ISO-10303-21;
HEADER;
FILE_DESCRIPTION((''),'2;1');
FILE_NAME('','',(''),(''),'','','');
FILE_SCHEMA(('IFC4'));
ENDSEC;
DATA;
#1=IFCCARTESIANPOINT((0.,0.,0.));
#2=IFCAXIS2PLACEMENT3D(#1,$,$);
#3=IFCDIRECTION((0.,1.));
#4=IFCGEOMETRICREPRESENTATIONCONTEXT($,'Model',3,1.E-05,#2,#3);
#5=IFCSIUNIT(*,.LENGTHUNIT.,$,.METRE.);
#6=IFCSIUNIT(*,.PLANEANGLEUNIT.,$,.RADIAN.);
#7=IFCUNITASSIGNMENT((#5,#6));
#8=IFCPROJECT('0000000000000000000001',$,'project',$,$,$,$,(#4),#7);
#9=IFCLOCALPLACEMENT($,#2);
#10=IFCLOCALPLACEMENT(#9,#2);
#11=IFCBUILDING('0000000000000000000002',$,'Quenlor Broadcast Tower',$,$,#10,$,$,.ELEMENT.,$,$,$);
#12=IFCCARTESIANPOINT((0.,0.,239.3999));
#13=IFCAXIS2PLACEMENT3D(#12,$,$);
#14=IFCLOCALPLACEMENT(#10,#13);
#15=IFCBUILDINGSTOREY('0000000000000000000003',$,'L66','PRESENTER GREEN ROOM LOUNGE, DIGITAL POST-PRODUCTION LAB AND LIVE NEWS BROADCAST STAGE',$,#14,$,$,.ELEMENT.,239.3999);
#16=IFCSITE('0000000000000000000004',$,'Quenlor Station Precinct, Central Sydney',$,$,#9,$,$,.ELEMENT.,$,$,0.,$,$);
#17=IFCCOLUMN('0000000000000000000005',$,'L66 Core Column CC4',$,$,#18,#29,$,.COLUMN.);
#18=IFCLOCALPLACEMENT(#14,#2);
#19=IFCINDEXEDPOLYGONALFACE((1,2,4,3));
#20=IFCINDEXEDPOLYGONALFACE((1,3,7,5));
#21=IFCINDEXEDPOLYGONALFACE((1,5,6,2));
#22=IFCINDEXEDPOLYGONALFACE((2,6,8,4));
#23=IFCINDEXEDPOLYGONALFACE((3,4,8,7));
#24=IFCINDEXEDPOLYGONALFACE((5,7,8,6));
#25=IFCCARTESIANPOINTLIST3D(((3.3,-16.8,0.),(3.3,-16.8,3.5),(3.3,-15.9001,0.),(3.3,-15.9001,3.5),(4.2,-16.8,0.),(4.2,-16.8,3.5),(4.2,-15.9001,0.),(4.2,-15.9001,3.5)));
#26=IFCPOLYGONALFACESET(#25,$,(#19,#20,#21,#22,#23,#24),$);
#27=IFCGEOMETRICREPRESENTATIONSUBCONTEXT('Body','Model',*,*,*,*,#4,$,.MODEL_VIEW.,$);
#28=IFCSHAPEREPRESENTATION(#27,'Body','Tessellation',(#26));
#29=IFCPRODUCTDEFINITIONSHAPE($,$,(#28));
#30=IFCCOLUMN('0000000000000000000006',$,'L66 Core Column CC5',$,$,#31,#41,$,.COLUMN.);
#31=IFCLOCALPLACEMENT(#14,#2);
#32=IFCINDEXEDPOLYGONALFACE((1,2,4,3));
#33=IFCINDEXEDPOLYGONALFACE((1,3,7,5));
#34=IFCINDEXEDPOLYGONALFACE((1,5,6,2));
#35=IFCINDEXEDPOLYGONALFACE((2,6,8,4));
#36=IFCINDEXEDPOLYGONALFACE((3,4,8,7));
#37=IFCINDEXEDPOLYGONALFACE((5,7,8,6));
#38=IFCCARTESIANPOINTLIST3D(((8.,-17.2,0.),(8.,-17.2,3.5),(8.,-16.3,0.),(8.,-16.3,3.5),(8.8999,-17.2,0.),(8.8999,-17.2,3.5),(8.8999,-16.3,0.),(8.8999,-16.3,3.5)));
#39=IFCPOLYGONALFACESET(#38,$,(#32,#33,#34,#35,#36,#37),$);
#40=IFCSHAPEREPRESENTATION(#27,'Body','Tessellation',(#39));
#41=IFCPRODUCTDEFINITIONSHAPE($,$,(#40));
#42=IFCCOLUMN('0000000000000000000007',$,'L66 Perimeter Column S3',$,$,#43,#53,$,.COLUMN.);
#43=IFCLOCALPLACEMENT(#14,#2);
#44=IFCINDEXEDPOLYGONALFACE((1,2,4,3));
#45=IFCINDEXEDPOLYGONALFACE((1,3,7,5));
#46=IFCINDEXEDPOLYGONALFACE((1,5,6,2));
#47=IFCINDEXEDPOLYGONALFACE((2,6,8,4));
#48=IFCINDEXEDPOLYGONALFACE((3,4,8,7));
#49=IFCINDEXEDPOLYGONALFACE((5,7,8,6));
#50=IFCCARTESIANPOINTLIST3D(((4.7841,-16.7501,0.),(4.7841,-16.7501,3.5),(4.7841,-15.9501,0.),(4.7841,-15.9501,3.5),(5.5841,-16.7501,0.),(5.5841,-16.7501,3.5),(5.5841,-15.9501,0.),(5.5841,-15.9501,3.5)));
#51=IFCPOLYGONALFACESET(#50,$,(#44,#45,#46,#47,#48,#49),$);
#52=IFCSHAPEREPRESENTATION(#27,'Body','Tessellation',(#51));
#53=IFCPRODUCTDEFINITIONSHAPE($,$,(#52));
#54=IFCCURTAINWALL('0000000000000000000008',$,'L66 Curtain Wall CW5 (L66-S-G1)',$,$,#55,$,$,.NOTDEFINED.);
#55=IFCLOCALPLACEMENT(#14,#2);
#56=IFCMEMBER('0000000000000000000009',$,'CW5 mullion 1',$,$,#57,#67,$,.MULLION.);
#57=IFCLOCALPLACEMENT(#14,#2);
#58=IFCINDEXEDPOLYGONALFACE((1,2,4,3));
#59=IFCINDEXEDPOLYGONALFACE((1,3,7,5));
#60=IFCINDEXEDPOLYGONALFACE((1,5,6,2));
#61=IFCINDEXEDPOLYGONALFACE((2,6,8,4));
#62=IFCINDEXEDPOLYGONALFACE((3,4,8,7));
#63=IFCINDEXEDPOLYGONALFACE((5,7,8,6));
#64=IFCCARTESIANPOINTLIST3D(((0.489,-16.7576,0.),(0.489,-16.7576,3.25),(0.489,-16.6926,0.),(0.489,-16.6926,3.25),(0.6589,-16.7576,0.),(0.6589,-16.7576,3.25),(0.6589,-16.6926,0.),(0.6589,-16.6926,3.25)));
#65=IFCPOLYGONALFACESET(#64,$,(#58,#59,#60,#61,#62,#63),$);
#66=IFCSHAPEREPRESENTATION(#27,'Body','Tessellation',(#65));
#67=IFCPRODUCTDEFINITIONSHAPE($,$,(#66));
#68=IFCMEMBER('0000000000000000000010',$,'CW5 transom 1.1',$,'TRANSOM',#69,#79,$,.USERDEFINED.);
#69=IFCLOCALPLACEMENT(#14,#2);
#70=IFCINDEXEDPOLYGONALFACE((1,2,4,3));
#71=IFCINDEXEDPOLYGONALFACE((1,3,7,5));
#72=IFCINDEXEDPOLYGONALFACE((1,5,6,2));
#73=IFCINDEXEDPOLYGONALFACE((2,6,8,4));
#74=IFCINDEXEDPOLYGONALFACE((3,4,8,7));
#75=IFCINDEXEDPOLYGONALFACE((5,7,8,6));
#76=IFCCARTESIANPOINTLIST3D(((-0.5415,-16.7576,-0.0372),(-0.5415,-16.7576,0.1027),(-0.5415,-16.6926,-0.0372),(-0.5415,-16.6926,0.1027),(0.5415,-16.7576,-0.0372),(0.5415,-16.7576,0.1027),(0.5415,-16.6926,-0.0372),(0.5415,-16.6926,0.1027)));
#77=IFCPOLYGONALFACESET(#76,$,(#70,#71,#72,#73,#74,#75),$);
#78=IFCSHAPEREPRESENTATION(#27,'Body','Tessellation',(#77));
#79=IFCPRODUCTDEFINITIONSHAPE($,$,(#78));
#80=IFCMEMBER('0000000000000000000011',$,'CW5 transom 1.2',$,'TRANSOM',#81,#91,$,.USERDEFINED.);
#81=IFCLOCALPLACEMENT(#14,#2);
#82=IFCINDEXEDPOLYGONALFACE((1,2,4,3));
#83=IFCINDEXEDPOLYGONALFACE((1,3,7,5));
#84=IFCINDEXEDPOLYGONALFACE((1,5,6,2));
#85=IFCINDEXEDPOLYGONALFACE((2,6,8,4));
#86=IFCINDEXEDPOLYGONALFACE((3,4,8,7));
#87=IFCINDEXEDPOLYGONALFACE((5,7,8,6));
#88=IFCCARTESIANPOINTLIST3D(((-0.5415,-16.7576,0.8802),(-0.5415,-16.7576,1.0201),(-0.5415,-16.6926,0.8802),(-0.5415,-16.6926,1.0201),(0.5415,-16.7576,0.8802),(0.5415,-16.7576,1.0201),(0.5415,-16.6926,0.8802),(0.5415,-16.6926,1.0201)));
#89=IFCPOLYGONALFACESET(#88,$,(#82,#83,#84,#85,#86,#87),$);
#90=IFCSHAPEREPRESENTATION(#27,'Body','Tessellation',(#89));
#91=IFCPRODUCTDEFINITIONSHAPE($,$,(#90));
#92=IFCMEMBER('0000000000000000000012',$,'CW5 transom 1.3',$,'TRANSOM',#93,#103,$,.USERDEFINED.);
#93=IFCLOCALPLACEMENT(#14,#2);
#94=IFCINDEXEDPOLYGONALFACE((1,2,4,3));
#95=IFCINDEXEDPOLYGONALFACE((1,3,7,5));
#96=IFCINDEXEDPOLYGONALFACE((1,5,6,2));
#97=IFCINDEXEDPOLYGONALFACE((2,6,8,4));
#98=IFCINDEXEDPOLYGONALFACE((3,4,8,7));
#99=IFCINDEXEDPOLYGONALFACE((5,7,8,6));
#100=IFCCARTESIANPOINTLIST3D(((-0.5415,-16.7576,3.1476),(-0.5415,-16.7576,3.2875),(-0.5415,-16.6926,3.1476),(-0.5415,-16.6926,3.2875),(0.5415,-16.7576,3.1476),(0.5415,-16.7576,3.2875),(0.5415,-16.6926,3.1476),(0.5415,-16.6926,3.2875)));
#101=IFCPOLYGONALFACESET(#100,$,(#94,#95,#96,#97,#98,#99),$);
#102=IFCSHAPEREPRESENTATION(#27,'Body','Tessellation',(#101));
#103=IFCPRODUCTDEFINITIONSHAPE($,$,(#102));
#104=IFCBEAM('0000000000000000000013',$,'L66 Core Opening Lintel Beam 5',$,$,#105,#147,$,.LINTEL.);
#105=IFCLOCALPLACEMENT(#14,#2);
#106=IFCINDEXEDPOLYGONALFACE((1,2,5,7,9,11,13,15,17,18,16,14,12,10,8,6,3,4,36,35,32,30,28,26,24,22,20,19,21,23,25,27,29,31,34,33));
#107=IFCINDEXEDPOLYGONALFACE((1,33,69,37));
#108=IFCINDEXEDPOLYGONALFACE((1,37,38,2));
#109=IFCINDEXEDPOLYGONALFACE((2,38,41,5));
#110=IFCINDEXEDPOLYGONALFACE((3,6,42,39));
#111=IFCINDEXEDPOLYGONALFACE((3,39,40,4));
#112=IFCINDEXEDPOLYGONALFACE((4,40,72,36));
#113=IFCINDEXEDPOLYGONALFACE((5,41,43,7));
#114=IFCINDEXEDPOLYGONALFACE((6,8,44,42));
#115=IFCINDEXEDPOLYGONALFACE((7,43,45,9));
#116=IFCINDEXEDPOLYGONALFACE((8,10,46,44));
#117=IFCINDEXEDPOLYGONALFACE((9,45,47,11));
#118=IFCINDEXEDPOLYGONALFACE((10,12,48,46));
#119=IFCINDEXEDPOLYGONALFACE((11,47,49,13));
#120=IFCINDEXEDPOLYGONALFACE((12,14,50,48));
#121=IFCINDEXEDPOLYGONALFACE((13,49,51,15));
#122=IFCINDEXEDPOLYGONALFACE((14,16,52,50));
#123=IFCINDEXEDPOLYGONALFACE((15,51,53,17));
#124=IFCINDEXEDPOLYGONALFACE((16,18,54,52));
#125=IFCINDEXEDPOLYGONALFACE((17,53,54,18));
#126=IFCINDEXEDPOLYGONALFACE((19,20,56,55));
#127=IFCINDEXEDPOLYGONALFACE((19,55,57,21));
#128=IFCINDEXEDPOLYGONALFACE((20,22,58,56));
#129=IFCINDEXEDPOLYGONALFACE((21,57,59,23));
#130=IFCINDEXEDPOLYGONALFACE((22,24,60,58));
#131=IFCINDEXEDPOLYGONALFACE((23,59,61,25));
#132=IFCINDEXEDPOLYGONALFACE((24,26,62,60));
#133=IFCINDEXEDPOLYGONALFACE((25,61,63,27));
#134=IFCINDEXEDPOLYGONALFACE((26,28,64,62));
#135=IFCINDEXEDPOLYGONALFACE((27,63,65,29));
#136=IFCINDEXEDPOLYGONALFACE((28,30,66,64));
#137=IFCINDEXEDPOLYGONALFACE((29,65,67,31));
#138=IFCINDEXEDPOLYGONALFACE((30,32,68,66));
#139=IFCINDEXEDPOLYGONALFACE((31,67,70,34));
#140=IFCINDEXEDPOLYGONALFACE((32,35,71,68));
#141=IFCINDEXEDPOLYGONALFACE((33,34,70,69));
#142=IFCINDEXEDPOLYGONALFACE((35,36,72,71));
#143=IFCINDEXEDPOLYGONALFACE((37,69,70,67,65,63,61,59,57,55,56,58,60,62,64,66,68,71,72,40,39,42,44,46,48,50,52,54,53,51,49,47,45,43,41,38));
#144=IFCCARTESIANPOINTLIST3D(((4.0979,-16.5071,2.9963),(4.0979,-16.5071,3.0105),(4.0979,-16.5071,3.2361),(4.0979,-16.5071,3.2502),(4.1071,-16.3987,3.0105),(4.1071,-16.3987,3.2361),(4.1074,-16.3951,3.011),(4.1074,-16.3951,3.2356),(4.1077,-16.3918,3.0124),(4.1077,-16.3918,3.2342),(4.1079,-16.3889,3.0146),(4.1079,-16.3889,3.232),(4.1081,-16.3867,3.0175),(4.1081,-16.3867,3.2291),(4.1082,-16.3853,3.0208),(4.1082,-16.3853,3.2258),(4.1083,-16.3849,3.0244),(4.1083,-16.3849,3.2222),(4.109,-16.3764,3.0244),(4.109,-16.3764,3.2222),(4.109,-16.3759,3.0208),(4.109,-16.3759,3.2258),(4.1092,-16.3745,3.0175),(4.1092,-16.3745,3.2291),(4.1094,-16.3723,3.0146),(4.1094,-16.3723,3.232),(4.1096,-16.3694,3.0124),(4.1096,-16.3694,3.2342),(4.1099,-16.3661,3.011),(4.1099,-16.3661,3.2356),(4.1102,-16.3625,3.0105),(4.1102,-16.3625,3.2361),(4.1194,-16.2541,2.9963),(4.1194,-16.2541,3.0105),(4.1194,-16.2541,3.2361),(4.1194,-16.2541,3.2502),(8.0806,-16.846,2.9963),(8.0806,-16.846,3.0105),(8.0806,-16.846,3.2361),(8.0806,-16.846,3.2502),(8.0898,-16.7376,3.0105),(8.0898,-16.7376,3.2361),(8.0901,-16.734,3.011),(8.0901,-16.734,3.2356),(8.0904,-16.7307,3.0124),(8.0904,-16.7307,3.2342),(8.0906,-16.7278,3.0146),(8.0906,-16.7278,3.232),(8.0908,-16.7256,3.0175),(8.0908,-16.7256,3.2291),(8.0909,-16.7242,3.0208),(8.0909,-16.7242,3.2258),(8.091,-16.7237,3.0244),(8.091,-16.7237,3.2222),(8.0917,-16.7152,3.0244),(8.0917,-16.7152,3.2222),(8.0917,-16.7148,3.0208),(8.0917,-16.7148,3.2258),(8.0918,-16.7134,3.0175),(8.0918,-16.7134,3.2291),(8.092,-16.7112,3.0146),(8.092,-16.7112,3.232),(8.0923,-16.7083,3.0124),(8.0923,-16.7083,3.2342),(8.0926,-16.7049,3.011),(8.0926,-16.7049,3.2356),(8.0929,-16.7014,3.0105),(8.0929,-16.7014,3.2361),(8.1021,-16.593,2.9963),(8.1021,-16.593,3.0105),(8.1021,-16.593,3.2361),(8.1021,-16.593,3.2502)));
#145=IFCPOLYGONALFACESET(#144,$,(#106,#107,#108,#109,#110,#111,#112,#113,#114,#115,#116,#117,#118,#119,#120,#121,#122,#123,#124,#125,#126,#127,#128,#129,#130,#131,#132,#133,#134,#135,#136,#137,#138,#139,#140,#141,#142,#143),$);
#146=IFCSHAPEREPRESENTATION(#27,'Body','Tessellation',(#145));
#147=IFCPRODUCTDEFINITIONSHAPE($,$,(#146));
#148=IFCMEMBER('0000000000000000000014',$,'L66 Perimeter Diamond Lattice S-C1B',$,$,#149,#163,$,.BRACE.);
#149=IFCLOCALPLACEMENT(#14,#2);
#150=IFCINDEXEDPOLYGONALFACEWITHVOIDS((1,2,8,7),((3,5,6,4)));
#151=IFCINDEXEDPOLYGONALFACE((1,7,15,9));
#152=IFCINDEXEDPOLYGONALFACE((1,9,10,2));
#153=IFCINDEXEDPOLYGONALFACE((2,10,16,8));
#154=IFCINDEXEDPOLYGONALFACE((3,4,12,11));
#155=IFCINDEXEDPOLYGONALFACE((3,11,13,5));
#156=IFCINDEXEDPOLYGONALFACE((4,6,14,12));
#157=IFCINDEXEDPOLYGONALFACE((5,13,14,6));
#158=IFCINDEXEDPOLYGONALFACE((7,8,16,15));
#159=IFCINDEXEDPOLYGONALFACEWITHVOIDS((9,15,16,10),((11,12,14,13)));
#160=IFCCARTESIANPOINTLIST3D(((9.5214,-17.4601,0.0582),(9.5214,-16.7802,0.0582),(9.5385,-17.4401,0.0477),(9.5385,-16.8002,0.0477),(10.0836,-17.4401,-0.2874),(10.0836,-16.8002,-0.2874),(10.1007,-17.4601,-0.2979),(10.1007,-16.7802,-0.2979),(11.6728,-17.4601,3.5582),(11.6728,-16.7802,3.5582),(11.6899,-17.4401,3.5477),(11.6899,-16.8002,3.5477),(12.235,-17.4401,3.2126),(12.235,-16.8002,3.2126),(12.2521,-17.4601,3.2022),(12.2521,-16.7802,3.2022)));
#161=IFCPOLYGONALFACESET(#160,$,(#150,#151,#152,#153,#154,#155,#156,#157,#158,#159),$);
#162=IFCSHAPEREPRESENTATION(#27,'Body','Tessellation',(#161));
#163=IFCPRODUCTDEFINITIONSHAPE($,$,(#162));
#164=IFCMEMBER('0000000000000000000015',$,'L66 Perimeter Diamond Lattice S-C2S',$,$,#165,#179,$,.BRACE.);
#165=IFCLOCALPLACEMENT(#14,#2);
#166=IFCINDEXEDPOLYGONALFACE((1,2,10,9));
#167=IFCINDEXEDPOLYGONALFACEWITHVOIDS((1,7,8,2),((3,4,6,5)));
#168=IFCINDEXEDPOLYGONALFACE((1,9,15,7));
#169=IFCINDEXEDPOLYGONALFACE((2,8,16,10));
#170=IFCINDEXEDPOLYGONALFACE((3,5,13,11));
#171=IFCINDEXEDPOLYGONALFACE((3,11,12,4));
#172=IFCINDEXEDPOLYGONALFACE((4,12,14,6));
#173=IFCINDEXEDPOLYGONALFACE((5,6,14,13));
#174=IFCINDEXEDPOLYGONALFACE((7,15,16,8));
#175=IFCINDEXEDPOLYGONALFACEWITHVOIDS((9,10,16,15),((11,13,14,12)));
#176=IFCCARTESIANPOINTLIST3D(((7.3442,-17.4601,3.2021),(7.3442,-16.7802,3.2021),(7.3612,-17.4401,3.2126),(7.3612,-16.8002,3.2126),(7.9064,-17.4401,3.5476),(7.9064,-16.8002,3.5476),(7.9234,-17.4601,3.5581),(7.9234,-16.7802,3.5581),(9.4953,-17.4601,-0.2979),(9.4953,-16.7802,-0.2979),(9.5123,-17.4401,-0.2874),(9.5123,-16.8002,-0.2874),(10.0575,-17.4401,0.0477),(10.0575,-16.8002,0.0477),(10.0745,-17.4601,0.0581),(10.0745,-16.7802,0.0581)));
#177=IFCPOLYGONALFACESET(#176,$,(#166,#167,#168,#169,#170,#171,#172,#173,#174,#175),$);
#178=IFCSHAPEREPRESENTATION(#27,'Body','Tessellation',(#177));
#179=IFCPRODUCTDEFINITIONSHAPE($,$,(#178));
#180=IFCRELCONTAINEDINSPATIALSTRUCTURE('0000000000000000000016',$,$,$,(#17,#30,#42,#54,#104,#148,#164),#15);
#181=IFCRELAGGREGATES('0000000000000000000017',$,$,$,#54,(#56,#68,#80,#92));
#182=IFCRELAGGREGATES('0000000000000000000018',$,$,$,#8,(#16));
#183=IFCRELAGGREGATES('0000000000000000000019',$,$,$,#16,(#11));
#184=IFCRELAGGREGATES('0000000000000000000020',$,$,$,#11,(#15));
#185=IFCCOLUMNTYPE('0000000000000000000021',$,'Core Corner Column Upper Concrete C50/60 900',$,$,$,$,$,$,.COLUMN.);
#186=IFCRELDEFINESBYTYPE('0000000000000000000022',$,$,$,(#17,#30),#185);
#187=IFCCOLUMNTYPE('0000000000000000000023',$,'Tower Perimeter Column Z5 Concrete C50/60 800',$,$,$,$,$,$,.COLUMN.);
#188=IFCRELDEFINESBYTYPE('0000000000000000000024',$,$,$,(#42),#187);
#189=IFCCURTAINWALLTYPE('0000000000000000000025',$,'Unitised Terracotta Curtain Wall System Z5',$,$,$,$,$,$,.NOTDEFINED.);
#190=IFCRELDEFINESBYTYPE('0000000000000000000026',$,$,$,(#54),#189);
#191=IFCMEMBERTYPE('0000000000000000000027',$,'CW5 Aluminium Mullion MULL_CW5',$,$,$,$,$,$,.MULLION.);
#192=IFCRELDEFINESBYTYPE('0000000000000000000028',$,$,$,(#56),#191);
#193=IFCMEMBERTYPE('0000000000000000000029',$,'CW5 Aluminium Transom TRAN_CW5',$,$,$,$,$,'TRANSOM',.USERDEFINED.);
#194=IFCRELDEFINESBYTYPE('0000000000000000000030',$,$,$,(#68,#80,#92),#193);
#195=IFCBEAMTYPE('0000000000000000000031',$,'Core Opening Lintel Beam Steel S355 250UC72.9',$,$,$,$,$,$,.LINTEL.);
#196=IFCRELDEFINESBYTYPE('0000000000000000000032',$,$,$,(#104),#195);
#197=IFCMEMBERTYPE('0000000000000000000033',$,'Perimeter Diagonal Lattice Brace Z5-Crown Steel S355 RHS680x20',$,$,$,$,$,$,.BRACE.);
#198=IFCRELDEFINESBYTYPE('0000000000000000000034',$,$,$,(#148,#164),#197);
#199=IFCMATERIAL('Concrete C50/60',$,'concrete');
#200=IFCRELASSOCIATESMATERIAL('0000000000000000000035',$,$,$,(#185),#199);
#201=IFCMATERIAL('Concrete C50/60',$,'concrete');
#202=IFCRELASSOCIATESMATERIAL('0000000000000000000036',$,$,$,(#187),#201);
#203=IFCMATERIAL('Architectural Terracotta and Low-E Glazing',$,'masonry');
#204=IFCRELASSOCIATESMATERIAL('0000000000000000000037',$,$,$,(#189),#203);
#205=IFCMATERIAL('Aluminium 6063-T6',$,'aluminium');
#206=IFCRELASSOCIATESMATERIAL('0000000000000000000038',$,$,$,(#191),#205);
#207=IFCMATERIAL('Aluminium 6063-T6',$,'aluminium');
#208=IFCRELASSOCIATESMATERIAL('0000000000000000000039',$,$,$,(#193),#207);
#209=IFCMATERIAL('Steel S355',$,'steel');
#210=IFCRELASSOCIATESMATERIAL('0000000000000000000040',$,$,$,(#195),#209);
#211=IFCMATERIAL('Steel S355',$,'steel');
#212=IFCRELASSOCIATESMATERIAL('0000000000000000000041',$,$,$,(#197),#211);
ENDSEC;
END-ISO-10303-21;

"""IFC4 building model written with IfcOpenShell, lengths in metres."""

from ifc_helpers import new_model, si_unit, direction, frame, origin, origin_2d, place, context, subcontext, project, spatial, rectangle, hollow_rectangle, i_section, extrude, material, material_profile, profile_set, type_object, element, aggregate, save


model = new_model("IFC4")

# Units and contexts
model_context = context("Model", 3, precision=1e-05, world=origin(), true_north=direction((0.0, 1.0)))
body_context = subcontext(model_context, "Body", "Model", "MODEL_VIEW")
ifc_project = project(units=[si_unit("LENGTHUNIT", "METRE"), si_unit("PLANEANGLEUNIT", "RADIAN")], contexts=[model_context])

# Site, building, storey
site_placement = place(None, origin())
site = spatial("IfcSite", under=ifc_project, at=site_placement, Name="Quenlor Station Precinct, Central Sydney", CompositionType="ELEMENT", RefElevation=0.0)
building_placement = place(site_placement, origin())
building = spatial("IfcBuilding", under=site, at=building_placement, Name="Quenlor Broadcast Tower", CompositionType="ELEMENT")
storey_placement = place(building_placement, frame((0.0, 0.0, 239.3999)))
storey = spatial("IfcBuildingStorey", under=building, at=storey_placement, Name="L66", Description="PRESENTER GREEN ROOM LOUNGE, DIGITAL POST-PRODUCTION LAB AND LIVE NEWS BROADCAST STAGE", CompositionType="ELEMENT", Elevation=239.3999)

# Columns
ifc_material_1 = material(Name="Concrete C50/60", Category="concrete")
ifc_material_profile_1 = material_profile(ifc_material_1, rectangle(XDim=0.8999, YDim=0.8999, at=origin_2d()))
ifc_profile_set_1 = profile_set([ifc_material_profile_1], Name="Concrete C50/60 RC900x900")
column_type_1 = type_object("IfcColumnType", Name="Core Corner Column Upper Concrete C50/60 900", PredefinedType="COLUMN", material=ifc_profile_set_1)
for number, where, z_axis, x_axis, name in (
    (1, (3.75, -16.3501, 0.0), (0.0, 0.0, 1.0), (1.0, 0.0, 0.0), "L66 Core Column CC4"),
    (2, (8.45, -16.75, 0.0), (0.0, 0.0, 1.0), (1.0, 0.0, 0.0), "L66 Core Column CC5"),
):
    element("IfcColumn", number, at=place(storey_placement, frame(where, z_axis=z_axis, x_axis=x_axis)), inside=storey, type_object=column_type_1, Name=name, PredefinedType="COLUMN", context=body_context, shape_type="SweptSolid", body=[
        extrude(rectangle(XDim=0.8999, YDim=0.8999, at=origin_2d()), origin(), (0.0, 0.0, 1.0), 3.5),
    ])
ifc_material_2 = material(Name="Concrete C50/60", Category="concrete")
ifc_material_profile_2 = material_profile(ifc_material_2, rectangle(XDim=0.8, YDim=0.8, at=origin_2d()))
ifc_profile_set_2 = profile_set([ifc_material_profile_2], Name="Concrete C50/60 RC800x800")
column_type_2 = type_object("IfcColumnType", Name="Tower Perimeter Column Z5 Concrete C50/60 800", PredefinedType="COLUMN", material=ifc_profile_set_2)
column_placement = place(storey_placement, frame((5.1841, -16.3501, 0.0), z_axis=(0.0, 0.0, 1.0), x_axis=(0.0, 1.0, 0.0)))
element("IfcColumn", 3, at=column_placement, inside=storey, type_object=column_type_2, Name="L66 Perimeter Column S3", PredefinedType="COLUMN", context=body_context, shape_type="SweptSolid", body=[
    extrude(rectangle(XDim=0.8, YDim=0.8, at=origin_2d()), origin(), (0.0, 0.0, 1.0), 3.5),
])

# Curtain wall, members
ifc_material_3 = material(Name="Architectural Terracotta and Low-E Glazing", Category="masonry")
curtain_wall_type = type_object("IfcCurtainWallType", Name="Unitised Terracotta Curtain Wall System Z5", PredefinedType="NOTDEFINED", material=ifc_material_3)
curtain_wall_placement = place(storey_placement, origin())
curtain_wall = element("IfcCurtainWall", 4, at=curtain_wall_placement, inside=storey, type_object=curtain_wall_type, Name="L66 Curtain Wall CW5 (L66-S-G1)", PredefinedType="NOTDEFINED")
ifc_material_4 = material(Name="Aluminium 6063-T6", Category="aluminium")
ifc_material_profile_3 = material_profile(ifc_material_4, rectangle(XDim=0.0649, YDim=0.1699, at=origin_2d()))
ifc_profile_set_3 = profile_set([ifc_material_profile_3], Name="Aluminium 6063-T6 MULL65x170")
member_type_1 = type_object("IfcMemberType", Name="CW5 Aluminium Mullion MULL_CW5", PredefinedType="MULLION", material=ifc_profile_set_3)
member_1_placement = place(storey_placement, frame((0.574, -16.7251, 0.0), z_axis=(0.0, 0.0, 1.0), x_axis=(0.0, -1.0, 0.0)))
member_1 = element("IfcMember", 5, at=member_1_placement, type_object=member_type_1, Name="CW5 mullion 1", PredefinedType="MULLION", context=body_context, shape_type="SweptSolid", body=[
    extrude(rectangle(XDim=0.0649, YDim=0.1699, at=origin_2d()), origin(), (0.0, 0.0, 1.0), 3.25),
])
ifc_material_5 = material(Name="Aluminium 6063-T6", Category="aluminium")
ifc_material_profile_4 = material_profile(ifc_material_5, rectangle(XDim=0.0649, YDim=0.1399, at=origin_2d()))
ifc_profile_set_4 = profile_set([ifc_material_profile_4], Name="Aluminium 6063-T6 TRAN65x140")
member_type_2 = type_object("IfcMemberType", Name="CW5 Aluminium Transom TRAN_CW5", ElementType="TRANSOM", PredefinedType="USERDEFINED", material=ifc_profile_set_4)
member_2_placement = place(storey_placement, frame((0.5415, -16.7251, 0.0327), z_axis=(-1.0, 0.0, 0.0), x_axis=(0.0, -1.0, 0.0)))
member_2 = element("IfcMember", 6, at=member_2_placement, type_object=member_type_2, Name="CW5 transom 1.1", ObjectType="TRANSOM", PredefinedType="USERDEFINED", context=body_context, shape_type="SweptSolid", body=[
    extrude(rectangle(XDim=0.0649, YDim=0.1399, at=origin_2d()), origin(), (0.0, 0.0, 1.0), 1.083),
])
member_3_placement = place(storey_placement, frame((0.5415, -16.7251, 0.9502), z_axis=(-1.0, 0.0, 0.0), x_axis=(0.0, -1.0, 0.0)))
member_3 = element("IfcMember", 7, at=member_3_placement, type_object=member_type_2, Name="CW5 transom 1.2", ObjectType="TRANSOM", PredefinedType="USERDEFINED", context=body_context, shape_type="SweptSolid", body=[
    extrude(rectangle(XDim=0.0649, YDim=0.1399, at=origin_2d()), origin(), (0.0, 0.0, 1.0), 1.083),
])
member_4_placement = place(storey_placement, frame((0.5415, -16.7251, 3.2175), z_axis=(-1.0, 0.0, 0.0), x_axis=(0.0, -1.0, 0.0)))
member_4 = element("IfcMember", 8, at=member_4_placement, type_object=member_type_2, Name="CW5 transom 1.3", ObjectType="TRANSOM", PredefinedType="USERDEFINED", context=body_context, shape_type="SweptSolid", body=[
    extrude(rectangle(XDim=0.0649, YDim=0.1399, at=origin_2d()), origin(), (0.0, 0.0, 1.0), 1.083),
])
aggregate(curtain_wall, [member_1, member_2, member_3, member_4])

# Beam
ifc_material_6 = material(Name="Steel S355", Category="steel")
ifc_material_profile_5 = material_profile(ifc_material_6, i_section(OverallWidth=0.2539, OverallDepth=0.2539, WebThickness=0.0085, FlangeThickness=0.0142, FilletRadius=0.0139, at=origin_2d()))
ifc_profile_set_5 = profile_set([ifc_material_profile_5], Name="Steel S355 250UC72.9")
beam_type_1 = type_object("IfcBeamType", Name="Core Opening Lintel Beam Steel S355 250UC72.9", PredefinedType="LINTEL", material=ifc_profile_set_5)
beam_1_placement = place(storey_placement, frame((4.1086, -16.3806, 3.1233), z_axis=(0.9964, -0.084779, 0.0), x_axis=(0.084779, 0.9964, 0.0)))
element("IfcBeam", 9, at=beam_1_placement, inside=storey, type_object=beam_type_1, Name="L66 Core Opening Lintel Beam 5", PredefinedType="LINTEL", context=body_context, shape_type="SweptSolid", body=[
    extrude(i_section(OverallWidth=0.2539, OverallDepth=0.2539, WebThickness=0.0085, FlangeThickness=0.0142, FilletRadius=0.0139, at=origin_2d()), origin(), (0.0, 0.0, 1.0), 3.9971),
])

# Members
ifc_material_7 = material(Name="Steel S355", Category="steel")
ifc_material_profile_6 = material_profile(ifc_material_7, hollow_rectangle(XDim=0.6799, YDim=0.6799, WallThickness=0.02, at=origin_2d()))
ifc_profile_set_6 = profile_set([ifc_material_profile_6], Name="Steel S355 RHS680x680x20")
member_type_3 = type_object("IfcMemberType", Name="Perimeter Diagonal Lattice Brace Z5-Crown Steel S355 RHS680x20", PredefinedType="BRACE", material=ifc_profile_set_6)
member_5_placement = place(storey_placement, frame((9.811, -17.1201, -0.1199), z_axis=(0.52366, 0.0, 0.851928), x_axis=(0.0, 1.0, 0.0)))
element("IfcMember", 10, at=member_5_placement, inside=storey, type_object=member_type_3, Name="L66 Perimeter Diamond Lattice S-C1B", PredefinedType="BRACE", context=body_context, shape_type="SweptSolid", body=[
    extrude(hollow_rectangle(XDim=0.6799, YDim=0.6799, WallThickness=0.02, at=origin_2d()), origin(), (0.0, 0.0, 1.0), 4.1084),
])
member_6_placement = place(storey_placement, frame((9.7849, -17.1201, -0.1199), z_axis=(-0.523617, 0.0, 0.851954), x_axis=(0.0, -1.0, 0.0)))
element("IfcMember", 11, at=member_6_placement, inside=storey, type_object=member_type_3, Name="L66 Perimeter Diamond Lattice S-C2S", PredefinedType="BRACE", context=body_context, shape_type="SweptSolid", body=[
    extrude(hollow_rectangle(XDim=0.6799, YDim=0.6799, WallThickness=0.02, at=origin_2d()), origin(), (0.0, 0.0, 1.0), 4.1082),
])

save(model, "model.ifc")
